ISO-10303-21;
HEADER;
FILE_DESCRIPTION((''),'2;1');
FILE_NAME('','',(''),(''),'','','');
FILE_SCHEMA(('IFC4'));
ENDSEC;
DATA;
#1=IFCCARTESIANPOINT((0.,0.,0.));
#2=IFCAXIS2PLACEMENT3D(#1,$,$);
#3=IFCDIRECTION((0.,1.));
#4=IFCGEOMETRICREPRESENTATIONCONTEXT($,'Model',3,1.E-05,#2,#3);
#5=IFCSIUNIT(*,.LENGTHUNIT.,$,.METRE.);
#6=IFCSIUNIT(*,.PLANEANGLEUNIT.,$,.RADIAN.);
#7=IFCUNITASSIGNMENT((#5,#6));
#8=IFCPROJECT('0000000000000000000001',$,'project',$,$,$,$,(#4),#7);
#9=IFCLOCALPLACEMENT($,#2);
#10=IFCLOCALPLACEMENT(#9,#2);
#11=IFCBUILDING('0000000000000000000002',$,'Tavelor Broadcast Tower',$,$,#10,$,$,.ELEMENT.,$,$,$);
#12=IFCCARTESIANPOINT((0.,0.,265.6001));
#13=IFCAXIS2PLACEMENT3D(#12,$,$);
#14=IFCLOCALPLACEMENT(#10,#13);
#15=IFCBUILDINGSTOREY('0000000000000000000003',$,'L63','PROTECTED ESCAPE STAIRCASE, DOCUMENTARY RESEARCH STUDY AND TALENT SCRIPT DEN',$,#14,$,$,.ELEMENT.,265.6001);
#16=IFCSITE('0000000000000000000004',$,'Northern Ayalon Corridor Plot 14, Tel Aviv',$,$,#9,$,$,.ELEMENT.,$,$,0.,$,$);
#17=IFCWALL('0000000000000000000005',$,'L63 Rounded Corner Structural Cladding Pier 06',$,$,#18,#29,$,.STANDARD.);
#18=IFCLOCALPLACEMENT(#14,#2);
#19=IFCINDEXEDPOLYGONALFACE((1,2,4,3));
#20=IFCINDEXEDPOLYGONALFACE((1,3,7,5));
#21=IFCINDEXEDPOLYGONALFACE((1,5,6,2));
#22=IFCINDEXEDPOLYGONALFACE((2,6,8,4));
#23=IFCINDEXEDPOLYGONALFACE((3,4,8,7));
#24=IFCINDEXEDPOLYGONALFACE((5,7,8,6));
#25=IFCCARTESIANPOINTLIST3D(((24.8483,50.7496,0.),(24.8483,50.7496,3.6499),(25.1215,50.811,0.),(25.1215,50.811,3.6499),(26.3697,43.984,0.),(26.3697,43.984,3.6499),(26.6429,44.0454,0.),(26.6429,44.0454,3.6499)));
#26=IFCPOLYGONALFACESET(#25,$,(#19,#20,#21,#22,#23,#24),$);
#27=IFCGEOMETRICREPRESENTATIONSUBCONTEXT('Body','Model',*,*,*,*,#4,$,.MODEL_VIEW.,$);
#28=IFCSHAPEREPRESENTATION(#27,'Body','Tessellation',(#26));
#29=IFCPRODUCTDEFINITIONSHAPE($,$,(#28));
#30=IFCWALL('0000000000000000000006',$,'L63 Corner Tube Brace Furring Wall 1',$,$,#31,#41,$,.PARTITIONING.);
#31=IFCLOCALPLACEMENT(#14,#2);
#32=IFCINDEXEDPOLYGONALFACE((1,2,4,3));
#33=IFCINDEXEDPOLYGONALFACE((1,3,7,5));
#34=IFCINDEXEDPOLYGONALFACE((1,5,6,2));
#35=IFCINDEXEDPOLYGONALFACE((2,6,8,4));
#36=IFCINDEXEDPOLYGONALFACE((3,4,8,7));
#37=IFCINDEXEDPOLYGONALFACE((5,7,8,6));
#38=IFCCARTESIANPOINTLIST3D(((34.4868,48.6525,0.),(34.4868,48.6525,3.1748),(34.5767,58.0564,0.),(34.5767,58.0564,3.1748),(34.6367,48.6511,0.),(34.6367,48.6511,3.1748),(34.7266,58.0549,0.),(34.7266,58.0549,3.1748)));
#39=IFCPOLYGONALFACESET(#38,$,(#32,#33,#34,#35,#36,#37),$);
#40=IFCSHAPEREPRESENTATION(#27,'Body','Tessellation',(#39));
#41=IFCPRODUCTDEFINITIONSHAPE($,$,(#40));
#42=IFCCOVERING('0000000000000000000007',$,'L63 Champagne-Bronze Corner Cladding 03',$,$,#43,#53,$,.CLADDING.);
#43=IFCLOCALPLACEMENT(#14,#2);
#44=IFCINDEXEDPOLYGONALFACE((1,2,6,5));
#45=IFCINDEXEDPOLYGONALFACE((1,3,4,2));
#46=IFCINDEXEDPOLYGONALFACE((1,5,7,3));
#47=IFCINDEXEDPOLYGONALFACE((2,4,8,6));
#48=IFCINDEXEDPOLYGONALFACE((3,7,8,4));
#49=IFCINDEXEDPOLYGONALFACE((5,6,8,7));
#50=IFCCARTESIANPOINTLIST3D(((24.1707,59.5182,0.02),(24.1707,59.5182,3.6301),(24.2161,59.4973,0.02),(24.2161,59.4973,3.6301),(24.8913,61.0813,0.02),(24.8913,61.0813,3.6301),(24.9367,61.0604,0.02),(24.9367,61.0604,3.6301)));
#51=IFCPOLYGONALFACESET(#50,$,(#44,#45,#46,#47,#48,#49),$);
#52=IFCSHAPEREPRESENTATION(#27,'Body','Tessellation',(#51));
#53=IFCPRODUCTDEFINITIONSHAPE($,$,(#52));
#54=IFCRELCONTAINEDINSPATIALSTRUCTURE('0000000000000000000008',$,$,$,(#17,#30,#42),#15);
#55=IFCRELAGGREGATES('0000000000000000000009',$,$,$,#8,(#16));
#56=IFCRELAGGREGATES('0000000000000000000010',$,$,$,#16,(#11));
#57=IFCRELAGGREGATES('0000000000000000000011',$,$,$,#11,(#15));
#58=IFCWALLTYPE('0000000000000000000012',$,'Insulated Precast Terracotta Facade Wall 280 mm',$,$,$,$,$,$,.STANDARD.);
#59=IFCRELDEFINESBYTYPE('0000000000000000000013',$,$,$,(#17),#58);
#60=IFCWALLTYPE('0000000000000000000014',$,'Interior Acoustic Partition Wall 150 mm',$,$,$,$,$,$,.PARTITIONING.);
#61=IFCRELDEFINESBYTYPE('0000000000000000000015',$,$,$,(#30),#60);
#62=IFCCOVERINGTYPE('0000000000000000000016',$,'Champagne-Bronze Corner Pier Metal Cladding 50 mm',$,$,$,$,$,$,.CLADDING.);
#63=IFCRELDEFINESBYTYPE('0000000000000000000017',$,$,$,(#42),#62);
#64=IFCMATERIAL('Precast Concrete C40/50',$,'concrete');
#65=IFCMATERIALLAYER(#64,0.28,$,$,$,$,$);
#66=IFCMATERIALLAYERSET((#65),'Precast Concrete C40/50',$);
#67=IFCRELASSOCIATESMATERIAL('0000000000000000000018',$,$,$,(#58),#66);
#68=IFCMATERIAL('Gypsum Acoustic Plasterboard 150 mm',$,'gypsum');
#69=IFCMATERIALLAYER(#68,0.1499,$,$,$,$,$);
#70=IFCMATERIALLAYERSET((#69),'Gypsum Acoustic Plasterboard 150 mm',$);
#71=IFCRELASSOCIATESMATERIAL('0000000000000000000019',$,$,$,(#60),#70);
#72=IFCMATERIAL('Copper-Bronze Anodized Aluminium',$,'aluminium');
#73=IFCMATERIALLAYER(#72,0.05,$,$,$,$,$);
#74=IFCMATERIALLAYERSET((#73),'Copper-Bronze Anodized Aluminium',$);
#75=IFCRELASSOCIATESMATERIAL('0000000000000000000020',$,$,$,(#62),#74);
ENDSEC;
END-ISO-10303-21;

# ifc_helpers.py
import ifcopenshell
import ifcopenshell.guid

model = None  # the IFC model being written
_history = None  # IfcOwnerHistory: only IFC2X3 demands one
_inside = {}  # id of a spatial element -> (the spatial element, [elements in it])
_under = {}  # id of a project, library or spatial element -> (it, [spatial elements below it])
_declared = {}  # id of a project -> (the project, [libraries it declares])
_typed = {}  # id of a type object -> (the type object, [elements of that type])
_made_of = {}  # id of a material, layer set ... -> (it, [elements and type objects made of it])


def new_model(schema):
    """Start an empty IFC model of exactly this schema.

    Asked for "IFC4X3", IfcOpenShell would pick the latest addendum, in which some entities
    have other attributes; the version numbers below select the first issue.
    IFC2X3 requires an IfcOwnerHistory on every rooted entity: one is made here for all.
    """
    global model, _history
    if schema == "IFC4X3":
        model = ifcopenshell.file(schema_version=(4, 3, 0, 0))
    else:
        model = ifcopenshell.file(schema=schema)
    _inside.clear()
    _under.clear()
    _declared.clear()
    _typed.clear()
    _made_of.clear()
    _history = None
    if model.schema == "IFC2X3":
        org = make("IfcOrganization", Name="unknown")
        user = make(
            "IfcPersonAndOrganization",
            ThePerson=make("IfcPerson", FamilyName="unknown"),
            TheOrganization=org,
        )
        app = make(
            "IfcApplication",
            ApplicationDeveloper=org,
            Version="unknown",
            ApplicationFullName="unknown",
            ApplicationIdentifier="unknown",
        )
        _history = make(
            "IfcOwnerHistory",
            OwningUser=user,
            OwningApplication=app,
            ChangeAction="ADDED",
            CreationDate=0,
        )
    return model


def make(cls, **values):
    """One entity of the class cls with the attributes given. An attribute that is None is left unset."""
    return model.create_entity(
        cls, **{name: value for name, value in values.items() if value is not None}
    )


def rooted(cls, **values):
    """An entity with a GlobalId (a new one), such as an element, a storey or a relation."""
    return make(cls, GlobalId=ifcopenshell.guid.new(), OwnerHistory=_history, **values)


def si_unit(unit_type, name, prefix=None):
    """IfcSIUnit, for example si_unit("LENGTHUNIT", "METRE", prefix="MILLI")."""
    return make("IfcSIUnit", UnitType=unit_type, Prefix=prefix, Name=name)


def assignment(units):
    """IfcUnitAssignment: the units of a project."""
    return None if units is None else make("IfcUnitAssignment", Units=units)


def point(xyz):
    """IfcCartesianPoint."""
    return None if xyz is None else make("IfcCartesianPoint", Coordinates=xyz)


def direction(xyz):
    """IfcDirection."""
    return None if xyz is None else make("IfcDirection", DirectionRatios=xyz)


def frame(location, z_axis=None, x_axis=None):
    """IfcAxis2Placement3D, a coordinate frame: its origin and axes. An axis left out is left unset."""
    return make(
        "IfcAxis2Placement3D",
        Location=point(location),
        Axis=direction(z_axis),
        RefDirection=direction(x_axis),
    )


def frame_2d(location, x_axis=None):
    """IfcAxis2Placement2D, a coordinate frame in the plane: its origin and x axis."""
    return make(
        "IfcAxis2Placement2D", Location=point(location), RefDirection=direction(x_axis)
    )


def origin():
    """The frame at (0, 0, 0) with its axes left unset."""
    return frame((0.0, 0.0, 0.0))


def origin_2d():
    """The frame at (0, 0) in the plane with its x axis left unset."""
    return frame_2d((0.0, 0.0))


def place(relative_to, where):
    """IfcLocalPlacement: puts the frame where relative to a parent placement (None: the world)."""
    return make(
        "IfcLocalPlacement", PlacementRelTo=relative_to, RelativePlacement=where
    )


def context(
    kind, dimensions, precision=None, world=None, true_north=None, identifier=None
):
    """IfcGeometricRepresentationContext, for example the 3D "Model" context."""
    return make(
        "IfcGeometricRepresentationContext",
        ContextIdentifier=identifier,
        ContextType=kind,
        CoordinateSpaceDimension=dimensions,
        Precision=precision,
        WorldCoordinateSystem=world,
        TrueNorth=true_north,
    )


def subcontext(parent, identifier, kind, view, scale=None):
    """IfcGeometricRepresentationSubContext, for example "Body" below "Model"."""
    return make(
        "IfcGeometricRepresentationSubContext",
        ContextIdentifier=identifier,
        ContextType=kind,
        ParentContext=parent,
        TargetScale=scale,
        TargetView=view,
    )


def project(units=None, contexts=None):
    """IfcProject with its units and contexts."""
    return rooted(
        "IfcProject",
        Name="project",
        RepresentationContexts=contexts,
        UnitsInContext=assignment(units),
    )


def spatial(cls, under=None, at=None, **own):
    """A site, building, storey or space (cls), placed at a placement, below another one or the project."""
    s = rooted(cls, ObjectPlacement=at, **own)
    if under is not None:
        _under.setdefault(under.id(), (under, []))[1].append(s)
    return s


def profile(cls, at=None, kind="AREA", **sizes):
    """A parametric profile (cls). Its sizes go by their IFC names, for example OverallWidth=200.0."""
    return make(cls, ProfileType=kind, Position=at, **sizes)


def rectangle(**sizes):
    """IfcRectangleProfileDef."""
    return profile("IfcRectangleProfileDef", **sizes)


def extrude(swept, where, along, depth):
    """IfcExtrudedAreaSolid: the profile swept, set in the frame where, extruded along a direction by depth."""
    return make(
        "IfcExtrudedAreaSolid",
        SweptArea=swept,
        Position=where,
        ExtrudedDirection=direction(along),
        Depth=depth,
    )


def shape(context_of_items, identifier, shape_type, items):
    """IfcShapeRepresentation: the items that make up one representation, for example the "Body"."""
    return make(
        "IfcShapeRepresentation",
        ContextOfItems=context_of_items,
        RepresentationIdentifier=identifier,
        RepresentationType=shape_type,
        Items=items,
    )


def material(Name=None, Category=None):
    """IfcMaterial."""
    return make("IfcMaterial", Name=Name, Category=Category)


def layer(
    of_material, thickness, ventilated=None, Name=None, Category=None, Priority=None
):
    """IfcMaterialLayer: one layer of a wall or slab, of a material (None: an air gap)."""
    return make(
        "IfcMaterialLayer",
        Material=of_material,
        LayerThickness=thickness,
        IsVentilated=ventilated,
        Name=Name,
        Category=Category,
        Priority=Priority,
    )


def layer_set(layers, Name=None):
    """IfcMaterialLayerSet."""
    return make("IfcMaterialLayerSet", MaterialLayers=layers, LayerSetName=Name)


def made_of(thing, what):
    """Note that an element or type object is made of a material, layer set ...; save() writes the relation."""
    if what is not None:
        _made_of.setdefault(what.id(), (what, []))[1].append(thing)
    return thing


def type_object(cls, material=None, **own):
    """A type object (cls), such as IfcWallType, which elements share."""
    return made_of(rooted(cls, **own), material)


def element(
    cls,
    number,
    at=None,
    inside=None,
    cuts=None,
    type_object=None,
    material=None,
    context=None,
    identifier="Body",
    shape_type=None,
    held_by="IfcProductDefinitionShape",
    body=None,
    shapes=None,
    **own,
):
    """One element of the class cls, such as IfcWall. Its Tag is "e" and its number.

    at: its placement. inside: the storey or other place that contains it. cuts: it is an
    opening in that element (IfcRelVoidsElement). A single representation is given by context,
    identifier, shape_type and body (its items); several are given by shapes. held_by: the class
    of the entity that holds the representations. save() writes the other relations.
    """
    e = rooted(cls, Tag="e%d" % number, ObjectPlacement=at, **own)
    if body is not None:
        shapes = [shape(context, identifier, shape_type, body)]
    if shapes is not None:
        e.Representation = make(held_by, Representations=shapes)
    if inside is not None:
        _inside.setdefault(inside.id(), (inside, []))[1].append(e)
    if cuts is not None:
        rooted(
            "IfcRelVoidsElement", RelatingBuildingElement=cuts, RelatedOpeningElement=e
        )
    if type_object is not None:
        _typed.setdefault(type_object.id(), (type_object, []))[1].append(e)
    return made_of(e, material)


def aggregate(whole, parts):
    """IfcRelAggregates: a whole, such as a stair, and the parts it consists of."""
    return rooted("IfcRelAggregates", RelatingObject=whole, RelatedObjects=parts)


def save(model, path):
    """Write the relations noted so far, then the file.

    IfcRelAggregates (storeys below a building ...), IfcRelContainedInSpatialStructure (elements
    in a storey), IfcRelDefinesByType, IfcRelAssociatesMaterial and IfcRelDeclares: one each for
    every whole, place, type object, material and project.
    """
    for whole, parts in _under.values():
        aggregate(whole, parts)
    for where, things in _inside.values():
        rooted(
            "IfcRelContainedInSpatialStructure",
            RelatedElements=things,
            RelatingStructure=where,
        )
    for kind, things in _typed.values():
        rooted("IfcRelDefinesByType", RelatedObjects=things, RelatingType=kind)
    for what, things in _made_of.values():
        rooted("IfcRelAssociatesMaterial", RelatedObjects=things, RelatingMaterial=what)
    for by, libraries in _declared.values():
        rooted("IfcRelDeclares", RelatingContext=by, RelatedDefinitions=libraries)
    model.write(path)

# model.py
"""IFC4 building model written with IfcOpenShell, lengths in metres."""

from ifc_helpers import new_model, si_unit, direction, frame, frame_2d, origin, origin_2d, place, context, subcontext, project, spatial, rectangle, extrude, material, layer, layer_set, type_object, element, save


model = new_model("IFC4")

# Units and contexts
model_context = context("Model", 3, precision=1e-05, world=origin(), true_north=direction((0.0, 1.0)))
body_context = subcontext(model_context, "Body", "Model", "MODEL_VIEW")
ifc_project = project(units=[si_unit("LENGTHUNIT", "METRE"), si_unit("PLANEANGLEUNIT", "RADIAN")], contexts=[model_context])

# Site, building, storey
site_placement = place(None, origin())
site = spatial("IfcSite", under=ifc_project, at=site_placement, Name="Northern Ayalon Corridor Plot 14, Tel Aviv", CompositionType="ELEMENT", RefElevation=0.0)
building_placement = place(site_placement, origin())
building = spatial("IfcBuilding", under=site, at=building_placement, Name="Tavelor Broadcast Tower", CompositionType="ELEMENT")
storey_placement = place(building_placement, frame((0.0, 0.0, 265.6001)))
storey = spatial("IfcBuildingStorey", under=building, at=storey_placement, Name="L63", Description="PROTECTED ESCAPE STAIRCASE, DOCUMENTARY RESEARCH STUDY AND TALENT SCRIPT DEN", CompositionType="ELEMENT", Elevation=265.6001)

# Walls
ifc_material_1 = material(Name="Precast Concrete C40/50", Category="concrete")
ifc_layer_1 = layer(ifc_material_1, 0.28)
ifc_layer_set_1 = layer_set([ifc_layer_1], Name="Precast Concrete C40/50")
wall_type_1 = type_object("IfcWallType", Name="Insulated Precast Terracotta Facade Wall 280 mm", PredefinedType="STANDARD", material=ifc_layer_set_1)
wall_1_placement = place(storey_placement, frame((24.9849, 50.7803, 0.0), z_axis=(0.0, 0.0, 1.0), x_axis=(0.219405, -0.975634, 0.0)))
element("IfcWall", 1, at=wall_1_placement, inside=storey, type_object=wall_type_1, Name="L63 Rounded Corner Structural Cladding Pier 06", PredefinedType="STANDARD", context=body_context, shape_type="SweptSolid", body=[
    extrude(rectangle(XDim=6.9346, YDim=0.28, at=frame_2d((3.4673, 0.0))), origin(), (0.0, 0.0, 1.0), 3.6499),
])
ifc_material_2 = material(Name="Gypsum Acoustic Plasterboard 150 mm", Category="gypsum")
ifc_layer_2 = layer(ifc_material_2, 0.1499)
ifc_layer_set_2 = layer_set([ifc_layer_2], Name="Gypsum Acoustic Plasterboard 150 mm")
wall_type_2 = type_object("IfcWallType", Name="Interior Acoustic Partition Wall 150 mm", PredefinedType="PARTITIONING", material=ifc_layer_set_2)
wall_2_placement = place(storey_placement, frame((34.6516, 58.0557, 0.0), z_axis=(0.0, 0.0, 1.0), x_axis=(-0.009554, -0.999954, 0.0)))
element("IfcWall", 2, at=wall_2_placement, inside=storey, type_object=wall_type_2, Name="L63 Corner Tube Brace Furring Wall 1", PredefinedType="PARTITIONING", context=body_context, shape_type="SweptSolid", body=[
    extrude(rectangle(XDim=9.4043, YDim=0.1499, at=frame_2d((4.7021, 0.0))), origin(), (0.0, 0.0, 1.0), 3.1748),
])

# Covering
ifc_material_3 = material(Name="Copper-Bronze Anodized Aluminium", Category="aluminium")
ifc_layer_3 = layer(ifc_material_3, 0.05)
ifc_layer_set_3 = layer_set([ifc_layer_3], Name="Copper-Bronze Anodized Aluminium")
covering_type = type_object("IfcCoveringType", Name="Champagne-Bronze Corner Pier Metal Cladding 50 mm", PredefinedType="CLADDING", material=ifc_layer_set_3)
covering_placement = place(storey_placement, frame((24.5537, 60.2893, 0.02), z_axis=(0.0, 0.0, 1.0), x_axis=(-0.41866, -0.908143, 0.0)))
element("IfcCovering", 3, at=covering_placement, inside=storey, type_object=covering_type, Name="L63 Champagne-Bronze Corner Cladding 03", PredefinedType="CLADDING", context=body_context, shape_type="SweptSolid", body=[
    extrude(rectangle(XDim=1.7212, YDim=0.05, at=origin_2d()), origin(), (0.0, 0.0, 1.0), 3.6101),
])

save(model, "model.ifc")
